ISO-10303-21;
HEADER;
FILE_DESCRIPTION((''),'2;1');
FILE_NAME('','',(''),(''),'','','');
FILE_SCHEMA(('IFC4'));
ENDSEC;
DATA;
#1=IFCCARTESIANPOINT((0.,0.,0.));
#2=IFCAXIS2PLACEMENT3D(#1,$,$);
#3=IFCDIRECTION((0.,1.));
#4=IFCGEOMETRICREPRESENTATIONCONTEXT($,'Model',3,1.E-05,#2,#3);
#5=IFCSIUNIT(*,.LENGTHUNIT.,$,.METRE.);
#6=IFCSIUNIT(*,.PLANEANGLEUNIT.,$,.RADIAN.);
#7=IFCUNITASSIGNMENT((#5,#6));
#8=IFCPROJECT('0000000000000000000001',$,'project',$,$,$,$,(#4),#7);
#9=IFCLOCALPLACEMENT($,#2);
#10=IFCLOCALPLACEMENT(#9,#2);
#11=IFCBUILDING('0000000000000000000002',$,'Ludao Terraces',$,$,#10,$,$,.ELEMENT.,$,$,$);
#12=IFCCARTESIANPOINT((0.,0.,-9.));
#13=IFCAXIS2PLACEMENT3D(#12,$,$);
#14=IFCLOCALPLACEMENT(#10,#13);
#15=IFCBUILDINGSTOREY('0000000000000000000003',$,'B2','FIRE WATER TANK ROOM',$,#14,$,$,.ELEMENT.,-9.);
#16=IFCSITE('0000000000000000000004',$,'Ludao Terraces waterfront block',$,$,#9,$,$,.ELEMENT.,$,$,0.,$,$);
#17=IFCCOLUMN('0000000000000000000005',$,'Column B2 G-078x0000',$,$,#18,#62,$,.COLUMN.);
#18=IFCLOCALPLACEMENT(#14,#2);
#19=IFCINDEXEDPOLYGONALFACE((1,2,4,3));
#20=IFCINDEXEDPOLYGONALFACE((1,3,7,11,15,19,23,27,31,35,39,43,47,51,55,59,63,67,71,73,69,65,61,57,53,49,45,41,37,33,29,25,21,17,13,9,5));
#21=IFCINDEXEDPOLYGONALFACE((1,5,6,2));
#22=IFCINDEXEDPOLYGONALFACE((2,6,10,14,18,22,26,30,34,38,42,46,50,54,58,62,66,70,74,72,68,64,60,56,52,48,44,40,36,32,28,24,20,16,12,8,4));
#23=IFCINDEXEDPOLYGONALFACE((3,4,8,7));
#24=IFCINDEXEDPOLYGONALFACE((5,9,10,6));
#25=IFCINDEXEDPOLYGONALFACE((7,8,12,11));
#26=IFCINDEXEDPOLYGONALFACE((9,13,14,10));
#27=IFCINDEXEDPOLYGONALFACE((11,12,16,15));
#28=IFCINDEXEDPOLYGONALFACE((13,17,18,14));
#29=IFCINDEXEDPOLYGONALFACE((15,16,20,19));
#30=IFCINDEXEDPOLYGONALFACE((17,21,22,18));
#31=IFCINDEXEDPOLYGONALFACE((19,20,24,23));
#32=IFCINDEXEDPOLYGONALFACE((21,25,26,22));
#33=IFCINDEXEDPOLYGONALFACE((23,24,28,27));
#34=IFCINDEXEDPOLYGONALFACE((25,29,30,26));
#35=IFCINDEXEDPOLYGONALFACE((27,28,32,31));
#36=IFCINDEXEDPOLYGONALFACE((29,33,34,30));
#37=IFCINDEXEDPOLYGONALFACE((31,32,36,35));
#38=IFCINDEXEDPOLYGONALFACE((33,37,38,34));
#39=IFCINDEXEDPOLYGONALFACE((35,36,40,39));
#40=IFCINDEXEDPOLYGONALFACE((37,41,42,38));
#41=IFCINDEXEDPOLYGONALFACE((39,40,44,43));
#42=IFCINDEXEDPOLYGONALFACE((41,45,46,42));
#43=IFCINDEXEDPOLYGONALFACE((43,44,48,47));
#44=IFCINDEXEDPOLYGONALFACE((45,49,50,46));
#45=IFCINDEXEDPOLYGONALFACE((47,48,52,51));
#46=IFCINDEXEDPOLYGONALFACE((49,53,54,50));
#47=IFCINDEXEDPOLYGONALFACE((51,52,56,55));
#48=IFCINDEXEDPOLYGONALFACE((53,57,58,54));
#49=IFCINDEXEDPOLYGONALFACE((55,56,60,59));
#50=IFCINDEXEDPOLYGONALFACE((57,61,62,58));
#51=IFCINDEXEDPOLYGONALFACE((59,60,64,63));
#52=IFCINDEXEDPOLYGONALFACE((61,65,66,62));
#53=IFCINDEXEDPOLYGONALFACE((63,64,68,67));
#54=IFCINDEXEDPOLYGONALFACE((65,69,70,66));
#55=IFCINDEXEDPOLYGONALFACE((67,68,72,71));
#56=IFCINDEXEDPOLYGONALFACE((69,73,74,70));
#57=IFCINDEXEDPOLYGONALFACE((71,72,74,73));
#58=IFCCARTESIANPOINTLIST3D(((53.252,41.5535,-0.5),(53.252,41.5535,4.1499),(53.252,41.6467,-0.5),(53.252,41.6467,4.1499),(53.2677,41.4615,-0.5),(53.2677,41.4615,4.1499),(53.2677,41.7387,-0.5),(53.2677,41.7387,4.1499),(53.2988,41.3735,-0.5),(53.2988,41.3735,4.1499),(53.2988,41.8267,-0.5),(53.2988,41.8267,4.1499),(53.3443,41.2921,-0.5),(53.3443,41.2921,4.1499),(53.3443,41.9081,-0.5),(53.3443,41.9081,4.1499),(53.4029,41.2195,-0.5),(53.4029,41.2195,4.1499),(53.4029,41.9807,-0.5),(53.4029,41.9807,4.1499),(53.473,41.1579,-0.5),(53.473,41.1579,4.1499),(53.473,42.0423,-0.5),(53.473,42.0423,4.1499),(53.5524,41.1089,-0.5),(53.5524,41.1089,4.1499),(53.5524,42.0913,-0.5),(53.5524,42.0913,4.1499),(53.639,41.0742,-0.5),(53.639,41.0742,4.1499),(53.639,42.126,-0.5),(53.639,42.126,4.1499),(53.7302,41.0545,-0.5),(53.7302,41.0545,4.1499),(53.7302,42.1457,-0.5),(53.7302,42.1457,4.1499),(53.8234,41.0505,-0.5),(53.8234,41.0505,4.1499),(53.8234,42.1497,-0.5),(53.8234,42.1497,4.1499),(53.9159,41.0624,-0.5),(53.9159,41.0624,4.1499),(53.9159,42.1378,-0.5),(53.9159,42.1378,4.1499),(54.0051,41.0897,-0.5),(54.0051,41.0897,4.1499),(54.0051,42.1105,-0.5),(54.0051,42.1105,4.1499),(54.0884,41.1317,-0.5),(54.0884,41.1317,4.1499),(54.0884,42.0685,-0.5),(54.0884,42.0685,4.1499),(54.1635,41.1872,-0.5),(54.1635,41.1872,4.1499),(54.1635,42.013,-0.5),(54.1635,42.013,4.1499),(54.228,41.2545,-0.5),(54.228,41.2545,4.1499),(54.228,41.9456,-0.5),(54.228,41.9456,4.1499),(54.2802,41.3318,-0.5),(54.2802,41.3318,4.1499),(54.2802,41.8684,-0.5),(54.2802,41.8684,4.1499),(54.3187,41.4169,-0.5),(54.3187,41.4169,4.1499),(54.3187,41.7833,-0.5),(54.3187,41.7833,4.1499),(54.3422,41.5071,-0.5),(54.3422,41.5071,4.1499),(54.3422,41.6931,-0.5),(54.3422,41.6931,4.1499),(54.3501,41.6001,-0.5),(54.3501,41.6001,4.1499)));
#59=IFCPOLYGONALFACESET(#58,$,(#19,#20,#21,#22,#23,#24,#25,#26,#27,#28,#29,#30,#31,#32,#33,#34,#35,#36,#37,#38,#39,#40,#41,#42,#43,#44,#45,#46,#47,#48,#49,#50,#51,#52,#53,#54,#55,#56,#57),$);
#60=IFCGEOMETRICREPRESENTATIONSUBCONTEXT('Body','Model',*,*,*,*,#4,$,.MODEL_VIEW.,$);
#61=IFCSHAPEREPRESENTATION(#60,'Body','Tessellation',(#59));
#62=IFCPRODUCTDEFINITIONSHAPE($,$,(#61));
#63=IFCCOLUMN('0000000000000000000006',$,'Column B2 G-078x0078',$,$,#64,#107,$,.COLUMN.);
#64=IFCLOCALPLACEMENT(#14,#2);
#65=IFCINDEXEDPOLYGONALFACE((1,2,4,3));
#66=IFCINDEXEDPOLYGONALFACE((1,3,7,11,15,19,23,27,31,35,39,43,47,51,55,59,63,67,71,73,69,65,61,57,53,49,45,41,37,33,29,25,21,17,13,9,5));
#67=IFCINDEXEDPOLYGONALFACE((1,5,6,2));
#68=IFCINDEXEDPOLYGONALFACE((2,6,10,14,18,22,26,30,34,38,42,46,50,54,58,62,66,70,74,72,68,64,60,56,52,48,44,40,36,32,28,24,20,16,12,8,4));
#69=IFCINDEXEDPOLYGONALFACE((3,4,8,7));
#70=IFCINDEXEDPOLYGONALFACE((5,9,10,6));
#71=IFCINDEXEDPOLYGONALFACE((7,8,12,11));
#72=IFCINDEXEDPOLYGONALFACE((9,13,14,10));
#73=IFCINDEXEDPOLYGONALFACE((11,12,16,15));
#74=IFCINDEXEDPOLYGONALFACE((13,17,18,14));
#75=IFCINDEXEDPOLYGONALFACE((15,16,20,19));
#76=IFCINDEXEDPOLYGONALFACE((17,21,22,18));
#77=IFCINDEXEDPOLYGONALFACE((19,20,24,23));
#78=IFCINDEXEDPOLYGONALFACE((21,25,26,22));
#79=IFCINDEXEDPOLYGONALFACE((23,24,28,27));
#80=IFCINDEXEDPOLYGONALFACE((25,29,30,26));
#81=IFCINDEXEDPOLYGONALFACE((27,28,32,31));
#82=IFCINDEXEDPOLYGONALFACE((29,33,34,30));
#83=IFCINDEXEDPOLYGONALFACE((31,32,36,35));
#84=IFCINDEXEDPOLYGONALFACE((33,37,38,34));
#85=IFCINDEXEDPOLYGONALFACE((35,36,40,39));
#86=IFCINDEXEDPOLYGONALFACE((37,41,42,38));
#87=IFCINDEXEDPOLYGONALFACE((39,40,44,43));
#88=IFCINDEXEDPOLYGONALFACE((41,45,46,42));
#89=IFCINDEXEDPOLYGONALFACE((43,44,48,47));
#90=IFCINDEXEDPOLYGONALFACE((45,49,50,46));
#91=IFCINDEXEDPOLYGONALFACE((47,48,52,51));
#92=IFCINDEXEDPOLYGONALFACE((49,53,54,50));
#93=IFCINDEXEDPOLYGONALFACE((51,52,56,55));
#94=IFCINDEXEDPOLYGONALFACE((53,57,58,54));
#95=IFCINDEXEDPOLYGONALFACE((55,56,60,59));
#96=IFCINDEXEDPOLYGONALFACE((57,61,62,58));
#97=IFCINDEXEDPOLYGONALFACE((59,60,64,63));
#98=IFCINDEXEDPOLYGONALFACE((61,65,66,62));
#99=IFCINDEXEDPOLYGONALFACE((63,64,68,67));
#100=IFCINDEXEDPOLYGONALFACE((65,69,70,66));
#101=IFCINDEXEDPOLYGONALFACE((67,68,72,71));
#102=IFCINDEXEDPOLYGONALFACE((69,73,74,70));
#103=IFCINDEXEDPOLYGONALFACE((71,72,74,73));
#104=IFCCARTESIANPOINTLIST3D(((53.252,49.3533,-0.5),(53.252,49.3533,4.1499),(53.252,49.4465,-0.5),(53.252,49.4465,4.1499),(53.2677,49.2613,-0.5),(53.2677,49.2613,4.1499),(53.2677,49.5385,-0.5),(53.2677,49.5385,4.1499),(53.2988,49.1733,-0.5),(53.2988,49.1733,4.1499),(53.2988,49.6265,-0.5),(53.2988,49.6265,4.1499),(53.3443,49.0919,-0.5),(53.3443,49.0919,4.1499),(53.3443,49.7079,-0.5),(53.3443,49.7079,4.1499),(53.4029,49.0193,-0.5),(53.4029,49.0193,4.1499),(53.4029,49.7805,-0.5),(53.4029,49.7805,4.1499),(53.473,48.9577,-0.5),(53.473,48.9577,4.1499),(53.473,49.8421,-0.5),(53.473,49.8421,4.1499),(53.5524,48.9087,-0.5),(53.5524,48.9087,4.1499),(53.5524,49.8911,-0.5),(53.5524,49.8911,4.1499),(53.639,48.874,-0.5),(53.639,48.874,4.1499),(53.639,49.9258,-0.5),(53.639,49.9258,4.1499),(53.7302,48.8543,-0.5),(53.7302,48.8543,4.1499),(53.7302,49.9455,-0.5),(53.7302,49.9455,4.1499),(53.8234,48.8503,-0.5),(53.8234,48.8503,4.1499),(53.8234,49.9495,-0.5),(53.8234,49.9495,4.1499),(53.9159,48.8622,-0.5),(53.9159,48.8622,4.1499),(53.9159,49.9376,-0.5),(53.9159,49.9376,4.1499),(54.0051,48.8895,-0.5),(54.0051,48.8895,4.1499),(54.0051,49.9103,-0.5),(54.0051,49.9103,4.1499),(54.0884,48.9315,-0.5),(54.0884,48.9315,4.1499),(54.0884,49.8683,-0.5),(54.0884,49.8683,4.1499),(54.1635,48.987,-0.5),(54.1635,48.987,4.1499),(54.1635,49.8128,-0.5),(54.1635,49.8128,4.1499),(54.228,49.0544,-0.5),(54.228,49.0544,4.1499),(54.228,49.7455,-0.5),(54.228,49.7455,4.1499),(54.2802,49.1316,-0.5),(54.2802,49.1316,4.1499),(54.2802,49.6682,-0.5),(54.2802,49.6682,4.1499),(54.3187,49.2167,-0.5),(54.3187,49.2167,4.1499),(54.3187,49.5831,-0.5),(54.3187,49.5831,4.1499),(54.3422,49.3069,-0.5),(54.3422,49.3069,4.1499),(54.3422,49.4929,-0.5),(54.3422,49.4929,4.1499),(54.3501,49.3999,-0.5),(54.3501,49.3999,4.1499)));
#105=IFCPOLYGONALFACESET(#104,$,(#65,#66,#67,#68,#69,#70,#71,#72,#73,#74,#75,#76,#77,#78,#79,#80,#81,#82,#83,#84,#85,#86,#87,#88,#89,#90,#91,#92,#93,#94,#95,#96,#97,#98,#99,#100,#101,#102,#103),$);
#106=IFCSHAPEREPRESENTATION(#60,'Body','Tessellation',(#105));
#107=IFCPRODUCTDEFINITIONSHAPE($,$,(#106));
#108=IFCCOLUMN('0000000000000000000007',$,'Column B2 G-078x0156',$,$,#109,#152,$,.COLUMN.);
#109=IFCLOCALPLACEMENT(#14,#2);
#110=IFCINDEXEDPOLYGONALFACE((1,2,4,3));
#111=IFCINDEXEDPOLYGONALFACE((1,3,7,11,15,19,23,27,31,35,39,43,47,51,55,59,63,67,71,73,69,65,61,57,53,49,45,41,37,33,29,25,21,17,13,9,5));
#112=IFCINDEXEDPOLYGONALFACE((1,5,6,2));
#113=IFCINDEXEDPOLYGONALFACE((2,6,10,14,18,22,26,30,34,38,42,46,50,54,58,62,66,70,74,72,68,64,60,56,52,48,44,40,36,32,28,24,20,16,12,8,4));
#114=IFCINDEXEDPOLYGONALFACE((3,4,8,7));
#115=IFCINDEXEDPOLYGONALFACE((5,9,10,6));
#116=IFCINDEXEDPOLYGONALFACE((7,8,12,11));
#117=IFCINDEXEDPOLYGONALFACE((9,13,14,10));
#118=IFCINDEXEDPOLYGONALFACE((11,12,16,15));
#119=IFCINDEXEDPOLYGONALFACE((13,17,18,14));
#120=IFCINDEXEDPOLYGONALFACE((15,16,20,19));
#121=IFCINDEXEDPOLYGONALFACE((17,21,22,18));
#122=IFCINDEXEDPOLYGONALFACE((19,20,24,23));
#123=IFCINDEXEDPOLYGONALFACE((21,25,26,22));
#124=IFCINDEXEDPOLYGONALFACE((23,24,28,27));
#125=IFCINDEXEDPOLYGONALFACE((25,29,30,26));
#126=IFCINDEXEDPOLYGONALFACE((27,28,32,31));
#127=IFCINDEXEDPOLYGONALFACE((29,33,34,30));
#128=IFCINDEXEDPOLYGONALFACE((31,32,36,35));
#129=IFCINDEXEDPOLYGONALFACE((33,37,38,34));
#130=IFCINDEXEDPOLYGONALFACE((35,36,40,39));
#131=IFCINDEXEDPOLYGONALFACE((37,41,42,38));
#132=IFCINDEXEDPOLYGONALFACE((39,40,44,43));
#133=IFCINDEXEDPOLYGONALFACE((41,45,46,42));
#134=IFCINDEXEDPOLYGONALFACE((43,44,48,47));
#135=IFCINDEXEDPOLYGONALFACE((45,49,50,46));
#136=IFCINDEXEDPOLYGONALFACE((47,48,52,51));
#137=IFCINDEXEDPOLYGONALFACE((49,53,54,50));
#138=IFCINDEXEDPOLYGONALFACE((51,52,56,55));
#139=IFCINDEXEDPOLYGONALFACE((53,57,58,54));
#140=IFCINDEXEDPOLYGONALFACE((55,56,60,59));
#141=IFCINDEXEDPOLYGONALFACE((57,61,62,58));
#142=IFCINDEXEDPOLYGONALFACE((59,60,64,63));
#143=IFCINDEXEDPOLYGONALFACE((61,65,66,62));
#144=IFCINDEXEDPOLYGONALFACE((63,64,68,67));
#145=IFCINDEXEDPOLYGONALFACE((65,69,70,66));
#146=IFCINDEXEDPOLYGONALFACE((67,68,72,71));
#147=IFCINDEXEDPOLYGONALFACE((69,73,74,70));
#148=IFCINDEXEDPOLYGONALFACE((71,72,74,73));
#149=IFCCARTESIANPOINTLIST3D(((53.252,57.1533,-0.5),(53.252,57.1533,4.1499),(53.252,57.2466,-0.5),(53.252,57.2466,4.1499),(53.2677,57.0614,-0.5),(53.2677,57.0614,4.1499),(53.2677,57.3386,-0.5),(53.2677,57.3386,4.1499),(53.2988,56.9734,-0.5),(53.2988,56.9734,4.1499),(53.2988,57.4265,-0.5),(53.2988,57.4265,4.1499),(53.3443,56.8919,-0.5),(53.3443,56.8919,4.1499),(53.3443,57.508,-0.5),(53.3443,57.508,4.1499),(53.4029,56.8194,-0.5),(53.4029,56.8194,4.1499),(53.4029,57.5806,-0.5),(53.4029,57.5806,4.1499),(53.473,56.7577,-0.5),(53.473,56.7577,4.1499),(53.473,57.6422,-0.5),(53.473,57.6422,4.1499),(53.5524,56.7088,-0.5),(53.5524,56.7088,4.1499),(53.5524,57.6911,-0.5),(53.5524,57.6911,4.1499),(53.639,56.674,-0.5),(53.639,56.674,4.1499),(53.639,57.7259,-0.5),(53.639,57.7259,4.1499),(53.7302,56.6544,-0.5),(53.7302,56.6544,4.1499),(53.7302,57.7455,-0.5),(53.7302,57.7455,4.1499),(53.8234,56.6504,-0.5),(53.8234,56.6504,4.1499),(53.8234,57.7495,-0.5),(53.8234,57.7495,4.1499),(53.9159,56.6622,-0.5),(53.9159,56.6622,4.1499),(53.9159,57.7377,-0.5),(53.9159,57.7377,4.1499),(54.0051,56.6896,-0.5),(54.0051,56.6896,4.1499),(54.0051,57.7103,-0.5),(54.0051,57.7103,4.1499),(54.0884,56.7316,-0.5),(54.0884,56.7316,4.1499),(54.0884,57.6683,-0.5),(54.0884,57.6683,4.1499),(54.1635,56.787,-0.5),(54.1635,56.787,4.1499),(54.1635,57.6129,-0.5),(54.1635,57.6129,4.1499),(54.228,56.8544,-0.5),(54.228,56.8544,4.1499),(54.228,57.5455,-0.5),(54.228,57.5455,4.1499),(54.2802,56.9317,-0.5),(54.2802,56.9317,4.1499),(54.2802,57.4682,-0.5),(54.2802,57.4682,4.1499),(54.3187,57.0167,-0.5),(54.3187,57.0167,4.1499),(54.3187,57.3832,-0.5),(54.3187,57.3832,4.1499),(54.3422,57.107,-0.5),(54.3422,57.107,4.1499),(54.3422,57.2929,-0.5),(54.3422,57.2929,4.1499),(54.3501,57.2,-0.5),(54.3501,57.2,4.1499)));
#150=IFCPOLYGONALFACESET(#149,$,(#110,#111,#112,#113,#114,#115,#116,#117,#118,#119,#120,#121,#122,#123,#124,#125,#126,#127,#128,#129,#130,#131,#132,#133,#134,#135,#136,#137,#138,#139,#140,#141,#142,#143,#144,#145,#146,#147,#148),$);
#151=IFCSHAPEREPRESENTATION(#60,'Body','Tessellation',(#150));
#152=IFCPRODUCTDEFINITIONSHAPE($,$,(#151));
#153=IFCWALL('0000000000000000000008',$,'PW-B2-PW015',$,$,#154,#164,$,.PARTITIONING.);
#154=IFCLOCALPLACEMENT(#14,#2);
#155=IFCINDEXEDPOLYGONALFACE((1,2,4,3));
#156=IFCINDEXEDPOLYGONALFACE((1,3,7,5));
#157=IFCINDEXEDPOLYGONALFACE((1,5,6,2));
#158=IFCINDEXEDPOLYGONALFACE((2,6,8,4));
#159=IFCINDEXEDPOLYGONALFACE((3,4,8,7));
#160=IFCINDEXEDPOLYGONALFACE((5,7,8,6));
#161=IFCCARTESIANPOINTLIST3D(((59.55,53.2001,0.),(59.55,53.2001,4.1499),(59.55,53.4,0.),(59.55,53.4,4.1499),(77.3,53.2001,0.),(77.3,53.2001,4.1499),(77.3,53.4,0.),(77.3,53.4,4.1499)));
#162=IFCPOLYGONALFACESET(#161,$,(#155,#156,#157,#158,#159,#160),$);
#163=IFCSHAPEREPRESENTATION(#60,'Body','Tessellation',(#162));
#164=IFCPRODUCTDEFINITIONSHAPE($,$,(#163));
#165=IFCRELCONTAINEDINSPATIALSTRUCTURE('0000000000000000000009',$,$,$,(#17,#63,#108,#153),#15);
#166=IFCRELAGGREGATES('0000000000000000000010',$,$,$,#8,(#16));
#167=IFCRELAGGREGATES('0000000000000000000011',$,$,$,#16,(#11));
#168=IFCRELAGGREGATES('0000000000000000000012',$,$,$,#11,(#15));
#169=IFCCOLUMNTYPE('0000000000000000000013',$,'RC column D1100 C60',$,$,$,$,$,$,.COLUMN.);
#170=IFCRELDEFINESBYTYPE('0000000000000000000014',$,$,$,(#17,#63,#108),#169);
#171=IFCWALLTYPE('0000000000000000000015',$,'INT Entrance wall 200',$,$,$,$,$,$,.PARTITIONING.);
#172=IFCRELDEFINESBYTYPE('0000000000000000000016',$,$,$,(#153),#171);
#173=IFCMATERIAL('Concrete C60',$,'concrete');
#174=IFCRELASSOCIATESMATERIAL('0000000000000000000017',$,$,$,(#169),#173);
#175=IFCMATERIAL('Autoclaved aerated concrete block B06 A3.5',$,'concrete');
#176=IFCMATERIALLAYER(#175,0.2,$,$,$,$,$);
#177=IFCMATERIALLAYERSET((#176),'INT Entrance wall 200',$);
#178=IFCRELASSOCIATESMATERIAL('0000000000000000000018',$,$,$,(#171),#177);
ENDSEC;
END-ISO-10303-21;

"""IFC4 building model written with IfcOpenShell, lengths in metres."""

from ifc_helpers import new_model, si_unit, direction, frame, frame_2d, origin, origin_2d, place, context, subcontext, project, spatial, rectangle, circle, extrude, material, layer, layer_set, material_profile, profile_set, type_object, element, save


model = new_model("IFC4")

# Units and contexts
model_context = context("Model", 3, precision=1e-05, world=origin(), true_north=direction((0.0, 1.0)))
body_context = subcontext(model_context, "Body", "Model", "MODEL_VIEW")
ifc_project = project(units=[si_unit("LENGTHUNIT", "METRE"), si_unit("PLANEANGLEUNIT", "RADIAN")], contexts=[model_context])

# Site, building, storey
site_placement = place(None, origin())
site = spatial("IfcSite", under=ifc_project, at=site_placement, Name="Ludao Terraces waterfront block", CompositionType="ELEMENT", RefElevation=0.0)
building_placement = place(site_placement, origin())
building = spatial("IfcBuilding", under=site, at=building_placement, Name="Ludao Terraces", CompositionType="ELEMENT")
storey_placement = place(building_placement, frame((0.0, 0.0, -9.0)))
storey = spatial("IfcBuildingStorey", under=building, at=storey_placement, Name="B2", Description="FIRE WATER TANK ROOM", CompositionType="ELEMENT", Elevation=-9.0)

# Columns
ifc_material_1 = material(Name="Concrete C60", Category="concrete")
ifc_material_profile = material_profile(ifc_material_1, circle(Radius=0.55, at=origin_2d()), Name="D1100")
ifc_profile_set = profile_set([ifc_material_profile], Name="Concrete C60")
column_type = type_object("IfcColumnType", Name="RC column D1100 C60", PredefinedType="COLUMN", material=ifc_profile_set)
for number, where, z_axis, x_axis, name in (
    (1, (53.8, 41.6001, -0.5), (0.0, 0.0, 1.0), (1.0, 0.0, 0.0), "Column B2 G-078x0000"),
    (2, (53.8, 49.3999, -0.5), (0.0, 0.0, 1.0), (1.0, 0.0, 0.0), "Column B2 G-078x0078"),
    (3, (53.8, 57.2, -0.5), (0.0, 0.0, 1.0), (1.0, 0.0, 0.0), "Column B2 G-078x0156"),
):
    element("IfcColumn", number, at=place(storey_placement, frame(where, z_axis=z_axis, x_axis=x_axis)), inside=storey, type_object=column_type, Name=name, PredefinedType="COLUMN", context=body_context, shape_type="SweptSolid", body=[
        extrude(circle(Radius=0.55, at=origin_2d()), origin(), (0.0, 0.0, 1.0), 4.6499),
    ])

# Wall
ifc_material_2 = material(Name="Autoclaved aerated concrete block B06 A3.5", Category="concrete")
ifc_layer_1 = layer(ifc_material_2, 0.2)
ifc_layer_set_1 = layer_set([ifc_layer_1], Name="INT Entrance wall 200")
wall_type_1 = type_object("IfcWallType", Name="INT Entrance wall 200", PredefinedType="PARTITIONING", material=ifc_layer_set_1)
wall_1_placement = place(storey_placement, frame((59.55, 53.3, 0.0), z_axis=(0.0, 0.0, 1.0), x_axis=(1.0, 0.0, 0.0)))
element("IfcWall", 4, at=wall_1_placement, inside=storey, type_object=wall_type_1, Name="PW-B2-PW015", PredefinedType="PARTITIONING", context=body_context, shape_type="SweptSolid", body=[
    extrude(rectangle(XDim=17.75, YDim=0.2, at=frame_2d((8.875, 0.0))), origin(), (0.0, 0.0, 1.0), 4.1499),
])

save(model, "model.ifc")
